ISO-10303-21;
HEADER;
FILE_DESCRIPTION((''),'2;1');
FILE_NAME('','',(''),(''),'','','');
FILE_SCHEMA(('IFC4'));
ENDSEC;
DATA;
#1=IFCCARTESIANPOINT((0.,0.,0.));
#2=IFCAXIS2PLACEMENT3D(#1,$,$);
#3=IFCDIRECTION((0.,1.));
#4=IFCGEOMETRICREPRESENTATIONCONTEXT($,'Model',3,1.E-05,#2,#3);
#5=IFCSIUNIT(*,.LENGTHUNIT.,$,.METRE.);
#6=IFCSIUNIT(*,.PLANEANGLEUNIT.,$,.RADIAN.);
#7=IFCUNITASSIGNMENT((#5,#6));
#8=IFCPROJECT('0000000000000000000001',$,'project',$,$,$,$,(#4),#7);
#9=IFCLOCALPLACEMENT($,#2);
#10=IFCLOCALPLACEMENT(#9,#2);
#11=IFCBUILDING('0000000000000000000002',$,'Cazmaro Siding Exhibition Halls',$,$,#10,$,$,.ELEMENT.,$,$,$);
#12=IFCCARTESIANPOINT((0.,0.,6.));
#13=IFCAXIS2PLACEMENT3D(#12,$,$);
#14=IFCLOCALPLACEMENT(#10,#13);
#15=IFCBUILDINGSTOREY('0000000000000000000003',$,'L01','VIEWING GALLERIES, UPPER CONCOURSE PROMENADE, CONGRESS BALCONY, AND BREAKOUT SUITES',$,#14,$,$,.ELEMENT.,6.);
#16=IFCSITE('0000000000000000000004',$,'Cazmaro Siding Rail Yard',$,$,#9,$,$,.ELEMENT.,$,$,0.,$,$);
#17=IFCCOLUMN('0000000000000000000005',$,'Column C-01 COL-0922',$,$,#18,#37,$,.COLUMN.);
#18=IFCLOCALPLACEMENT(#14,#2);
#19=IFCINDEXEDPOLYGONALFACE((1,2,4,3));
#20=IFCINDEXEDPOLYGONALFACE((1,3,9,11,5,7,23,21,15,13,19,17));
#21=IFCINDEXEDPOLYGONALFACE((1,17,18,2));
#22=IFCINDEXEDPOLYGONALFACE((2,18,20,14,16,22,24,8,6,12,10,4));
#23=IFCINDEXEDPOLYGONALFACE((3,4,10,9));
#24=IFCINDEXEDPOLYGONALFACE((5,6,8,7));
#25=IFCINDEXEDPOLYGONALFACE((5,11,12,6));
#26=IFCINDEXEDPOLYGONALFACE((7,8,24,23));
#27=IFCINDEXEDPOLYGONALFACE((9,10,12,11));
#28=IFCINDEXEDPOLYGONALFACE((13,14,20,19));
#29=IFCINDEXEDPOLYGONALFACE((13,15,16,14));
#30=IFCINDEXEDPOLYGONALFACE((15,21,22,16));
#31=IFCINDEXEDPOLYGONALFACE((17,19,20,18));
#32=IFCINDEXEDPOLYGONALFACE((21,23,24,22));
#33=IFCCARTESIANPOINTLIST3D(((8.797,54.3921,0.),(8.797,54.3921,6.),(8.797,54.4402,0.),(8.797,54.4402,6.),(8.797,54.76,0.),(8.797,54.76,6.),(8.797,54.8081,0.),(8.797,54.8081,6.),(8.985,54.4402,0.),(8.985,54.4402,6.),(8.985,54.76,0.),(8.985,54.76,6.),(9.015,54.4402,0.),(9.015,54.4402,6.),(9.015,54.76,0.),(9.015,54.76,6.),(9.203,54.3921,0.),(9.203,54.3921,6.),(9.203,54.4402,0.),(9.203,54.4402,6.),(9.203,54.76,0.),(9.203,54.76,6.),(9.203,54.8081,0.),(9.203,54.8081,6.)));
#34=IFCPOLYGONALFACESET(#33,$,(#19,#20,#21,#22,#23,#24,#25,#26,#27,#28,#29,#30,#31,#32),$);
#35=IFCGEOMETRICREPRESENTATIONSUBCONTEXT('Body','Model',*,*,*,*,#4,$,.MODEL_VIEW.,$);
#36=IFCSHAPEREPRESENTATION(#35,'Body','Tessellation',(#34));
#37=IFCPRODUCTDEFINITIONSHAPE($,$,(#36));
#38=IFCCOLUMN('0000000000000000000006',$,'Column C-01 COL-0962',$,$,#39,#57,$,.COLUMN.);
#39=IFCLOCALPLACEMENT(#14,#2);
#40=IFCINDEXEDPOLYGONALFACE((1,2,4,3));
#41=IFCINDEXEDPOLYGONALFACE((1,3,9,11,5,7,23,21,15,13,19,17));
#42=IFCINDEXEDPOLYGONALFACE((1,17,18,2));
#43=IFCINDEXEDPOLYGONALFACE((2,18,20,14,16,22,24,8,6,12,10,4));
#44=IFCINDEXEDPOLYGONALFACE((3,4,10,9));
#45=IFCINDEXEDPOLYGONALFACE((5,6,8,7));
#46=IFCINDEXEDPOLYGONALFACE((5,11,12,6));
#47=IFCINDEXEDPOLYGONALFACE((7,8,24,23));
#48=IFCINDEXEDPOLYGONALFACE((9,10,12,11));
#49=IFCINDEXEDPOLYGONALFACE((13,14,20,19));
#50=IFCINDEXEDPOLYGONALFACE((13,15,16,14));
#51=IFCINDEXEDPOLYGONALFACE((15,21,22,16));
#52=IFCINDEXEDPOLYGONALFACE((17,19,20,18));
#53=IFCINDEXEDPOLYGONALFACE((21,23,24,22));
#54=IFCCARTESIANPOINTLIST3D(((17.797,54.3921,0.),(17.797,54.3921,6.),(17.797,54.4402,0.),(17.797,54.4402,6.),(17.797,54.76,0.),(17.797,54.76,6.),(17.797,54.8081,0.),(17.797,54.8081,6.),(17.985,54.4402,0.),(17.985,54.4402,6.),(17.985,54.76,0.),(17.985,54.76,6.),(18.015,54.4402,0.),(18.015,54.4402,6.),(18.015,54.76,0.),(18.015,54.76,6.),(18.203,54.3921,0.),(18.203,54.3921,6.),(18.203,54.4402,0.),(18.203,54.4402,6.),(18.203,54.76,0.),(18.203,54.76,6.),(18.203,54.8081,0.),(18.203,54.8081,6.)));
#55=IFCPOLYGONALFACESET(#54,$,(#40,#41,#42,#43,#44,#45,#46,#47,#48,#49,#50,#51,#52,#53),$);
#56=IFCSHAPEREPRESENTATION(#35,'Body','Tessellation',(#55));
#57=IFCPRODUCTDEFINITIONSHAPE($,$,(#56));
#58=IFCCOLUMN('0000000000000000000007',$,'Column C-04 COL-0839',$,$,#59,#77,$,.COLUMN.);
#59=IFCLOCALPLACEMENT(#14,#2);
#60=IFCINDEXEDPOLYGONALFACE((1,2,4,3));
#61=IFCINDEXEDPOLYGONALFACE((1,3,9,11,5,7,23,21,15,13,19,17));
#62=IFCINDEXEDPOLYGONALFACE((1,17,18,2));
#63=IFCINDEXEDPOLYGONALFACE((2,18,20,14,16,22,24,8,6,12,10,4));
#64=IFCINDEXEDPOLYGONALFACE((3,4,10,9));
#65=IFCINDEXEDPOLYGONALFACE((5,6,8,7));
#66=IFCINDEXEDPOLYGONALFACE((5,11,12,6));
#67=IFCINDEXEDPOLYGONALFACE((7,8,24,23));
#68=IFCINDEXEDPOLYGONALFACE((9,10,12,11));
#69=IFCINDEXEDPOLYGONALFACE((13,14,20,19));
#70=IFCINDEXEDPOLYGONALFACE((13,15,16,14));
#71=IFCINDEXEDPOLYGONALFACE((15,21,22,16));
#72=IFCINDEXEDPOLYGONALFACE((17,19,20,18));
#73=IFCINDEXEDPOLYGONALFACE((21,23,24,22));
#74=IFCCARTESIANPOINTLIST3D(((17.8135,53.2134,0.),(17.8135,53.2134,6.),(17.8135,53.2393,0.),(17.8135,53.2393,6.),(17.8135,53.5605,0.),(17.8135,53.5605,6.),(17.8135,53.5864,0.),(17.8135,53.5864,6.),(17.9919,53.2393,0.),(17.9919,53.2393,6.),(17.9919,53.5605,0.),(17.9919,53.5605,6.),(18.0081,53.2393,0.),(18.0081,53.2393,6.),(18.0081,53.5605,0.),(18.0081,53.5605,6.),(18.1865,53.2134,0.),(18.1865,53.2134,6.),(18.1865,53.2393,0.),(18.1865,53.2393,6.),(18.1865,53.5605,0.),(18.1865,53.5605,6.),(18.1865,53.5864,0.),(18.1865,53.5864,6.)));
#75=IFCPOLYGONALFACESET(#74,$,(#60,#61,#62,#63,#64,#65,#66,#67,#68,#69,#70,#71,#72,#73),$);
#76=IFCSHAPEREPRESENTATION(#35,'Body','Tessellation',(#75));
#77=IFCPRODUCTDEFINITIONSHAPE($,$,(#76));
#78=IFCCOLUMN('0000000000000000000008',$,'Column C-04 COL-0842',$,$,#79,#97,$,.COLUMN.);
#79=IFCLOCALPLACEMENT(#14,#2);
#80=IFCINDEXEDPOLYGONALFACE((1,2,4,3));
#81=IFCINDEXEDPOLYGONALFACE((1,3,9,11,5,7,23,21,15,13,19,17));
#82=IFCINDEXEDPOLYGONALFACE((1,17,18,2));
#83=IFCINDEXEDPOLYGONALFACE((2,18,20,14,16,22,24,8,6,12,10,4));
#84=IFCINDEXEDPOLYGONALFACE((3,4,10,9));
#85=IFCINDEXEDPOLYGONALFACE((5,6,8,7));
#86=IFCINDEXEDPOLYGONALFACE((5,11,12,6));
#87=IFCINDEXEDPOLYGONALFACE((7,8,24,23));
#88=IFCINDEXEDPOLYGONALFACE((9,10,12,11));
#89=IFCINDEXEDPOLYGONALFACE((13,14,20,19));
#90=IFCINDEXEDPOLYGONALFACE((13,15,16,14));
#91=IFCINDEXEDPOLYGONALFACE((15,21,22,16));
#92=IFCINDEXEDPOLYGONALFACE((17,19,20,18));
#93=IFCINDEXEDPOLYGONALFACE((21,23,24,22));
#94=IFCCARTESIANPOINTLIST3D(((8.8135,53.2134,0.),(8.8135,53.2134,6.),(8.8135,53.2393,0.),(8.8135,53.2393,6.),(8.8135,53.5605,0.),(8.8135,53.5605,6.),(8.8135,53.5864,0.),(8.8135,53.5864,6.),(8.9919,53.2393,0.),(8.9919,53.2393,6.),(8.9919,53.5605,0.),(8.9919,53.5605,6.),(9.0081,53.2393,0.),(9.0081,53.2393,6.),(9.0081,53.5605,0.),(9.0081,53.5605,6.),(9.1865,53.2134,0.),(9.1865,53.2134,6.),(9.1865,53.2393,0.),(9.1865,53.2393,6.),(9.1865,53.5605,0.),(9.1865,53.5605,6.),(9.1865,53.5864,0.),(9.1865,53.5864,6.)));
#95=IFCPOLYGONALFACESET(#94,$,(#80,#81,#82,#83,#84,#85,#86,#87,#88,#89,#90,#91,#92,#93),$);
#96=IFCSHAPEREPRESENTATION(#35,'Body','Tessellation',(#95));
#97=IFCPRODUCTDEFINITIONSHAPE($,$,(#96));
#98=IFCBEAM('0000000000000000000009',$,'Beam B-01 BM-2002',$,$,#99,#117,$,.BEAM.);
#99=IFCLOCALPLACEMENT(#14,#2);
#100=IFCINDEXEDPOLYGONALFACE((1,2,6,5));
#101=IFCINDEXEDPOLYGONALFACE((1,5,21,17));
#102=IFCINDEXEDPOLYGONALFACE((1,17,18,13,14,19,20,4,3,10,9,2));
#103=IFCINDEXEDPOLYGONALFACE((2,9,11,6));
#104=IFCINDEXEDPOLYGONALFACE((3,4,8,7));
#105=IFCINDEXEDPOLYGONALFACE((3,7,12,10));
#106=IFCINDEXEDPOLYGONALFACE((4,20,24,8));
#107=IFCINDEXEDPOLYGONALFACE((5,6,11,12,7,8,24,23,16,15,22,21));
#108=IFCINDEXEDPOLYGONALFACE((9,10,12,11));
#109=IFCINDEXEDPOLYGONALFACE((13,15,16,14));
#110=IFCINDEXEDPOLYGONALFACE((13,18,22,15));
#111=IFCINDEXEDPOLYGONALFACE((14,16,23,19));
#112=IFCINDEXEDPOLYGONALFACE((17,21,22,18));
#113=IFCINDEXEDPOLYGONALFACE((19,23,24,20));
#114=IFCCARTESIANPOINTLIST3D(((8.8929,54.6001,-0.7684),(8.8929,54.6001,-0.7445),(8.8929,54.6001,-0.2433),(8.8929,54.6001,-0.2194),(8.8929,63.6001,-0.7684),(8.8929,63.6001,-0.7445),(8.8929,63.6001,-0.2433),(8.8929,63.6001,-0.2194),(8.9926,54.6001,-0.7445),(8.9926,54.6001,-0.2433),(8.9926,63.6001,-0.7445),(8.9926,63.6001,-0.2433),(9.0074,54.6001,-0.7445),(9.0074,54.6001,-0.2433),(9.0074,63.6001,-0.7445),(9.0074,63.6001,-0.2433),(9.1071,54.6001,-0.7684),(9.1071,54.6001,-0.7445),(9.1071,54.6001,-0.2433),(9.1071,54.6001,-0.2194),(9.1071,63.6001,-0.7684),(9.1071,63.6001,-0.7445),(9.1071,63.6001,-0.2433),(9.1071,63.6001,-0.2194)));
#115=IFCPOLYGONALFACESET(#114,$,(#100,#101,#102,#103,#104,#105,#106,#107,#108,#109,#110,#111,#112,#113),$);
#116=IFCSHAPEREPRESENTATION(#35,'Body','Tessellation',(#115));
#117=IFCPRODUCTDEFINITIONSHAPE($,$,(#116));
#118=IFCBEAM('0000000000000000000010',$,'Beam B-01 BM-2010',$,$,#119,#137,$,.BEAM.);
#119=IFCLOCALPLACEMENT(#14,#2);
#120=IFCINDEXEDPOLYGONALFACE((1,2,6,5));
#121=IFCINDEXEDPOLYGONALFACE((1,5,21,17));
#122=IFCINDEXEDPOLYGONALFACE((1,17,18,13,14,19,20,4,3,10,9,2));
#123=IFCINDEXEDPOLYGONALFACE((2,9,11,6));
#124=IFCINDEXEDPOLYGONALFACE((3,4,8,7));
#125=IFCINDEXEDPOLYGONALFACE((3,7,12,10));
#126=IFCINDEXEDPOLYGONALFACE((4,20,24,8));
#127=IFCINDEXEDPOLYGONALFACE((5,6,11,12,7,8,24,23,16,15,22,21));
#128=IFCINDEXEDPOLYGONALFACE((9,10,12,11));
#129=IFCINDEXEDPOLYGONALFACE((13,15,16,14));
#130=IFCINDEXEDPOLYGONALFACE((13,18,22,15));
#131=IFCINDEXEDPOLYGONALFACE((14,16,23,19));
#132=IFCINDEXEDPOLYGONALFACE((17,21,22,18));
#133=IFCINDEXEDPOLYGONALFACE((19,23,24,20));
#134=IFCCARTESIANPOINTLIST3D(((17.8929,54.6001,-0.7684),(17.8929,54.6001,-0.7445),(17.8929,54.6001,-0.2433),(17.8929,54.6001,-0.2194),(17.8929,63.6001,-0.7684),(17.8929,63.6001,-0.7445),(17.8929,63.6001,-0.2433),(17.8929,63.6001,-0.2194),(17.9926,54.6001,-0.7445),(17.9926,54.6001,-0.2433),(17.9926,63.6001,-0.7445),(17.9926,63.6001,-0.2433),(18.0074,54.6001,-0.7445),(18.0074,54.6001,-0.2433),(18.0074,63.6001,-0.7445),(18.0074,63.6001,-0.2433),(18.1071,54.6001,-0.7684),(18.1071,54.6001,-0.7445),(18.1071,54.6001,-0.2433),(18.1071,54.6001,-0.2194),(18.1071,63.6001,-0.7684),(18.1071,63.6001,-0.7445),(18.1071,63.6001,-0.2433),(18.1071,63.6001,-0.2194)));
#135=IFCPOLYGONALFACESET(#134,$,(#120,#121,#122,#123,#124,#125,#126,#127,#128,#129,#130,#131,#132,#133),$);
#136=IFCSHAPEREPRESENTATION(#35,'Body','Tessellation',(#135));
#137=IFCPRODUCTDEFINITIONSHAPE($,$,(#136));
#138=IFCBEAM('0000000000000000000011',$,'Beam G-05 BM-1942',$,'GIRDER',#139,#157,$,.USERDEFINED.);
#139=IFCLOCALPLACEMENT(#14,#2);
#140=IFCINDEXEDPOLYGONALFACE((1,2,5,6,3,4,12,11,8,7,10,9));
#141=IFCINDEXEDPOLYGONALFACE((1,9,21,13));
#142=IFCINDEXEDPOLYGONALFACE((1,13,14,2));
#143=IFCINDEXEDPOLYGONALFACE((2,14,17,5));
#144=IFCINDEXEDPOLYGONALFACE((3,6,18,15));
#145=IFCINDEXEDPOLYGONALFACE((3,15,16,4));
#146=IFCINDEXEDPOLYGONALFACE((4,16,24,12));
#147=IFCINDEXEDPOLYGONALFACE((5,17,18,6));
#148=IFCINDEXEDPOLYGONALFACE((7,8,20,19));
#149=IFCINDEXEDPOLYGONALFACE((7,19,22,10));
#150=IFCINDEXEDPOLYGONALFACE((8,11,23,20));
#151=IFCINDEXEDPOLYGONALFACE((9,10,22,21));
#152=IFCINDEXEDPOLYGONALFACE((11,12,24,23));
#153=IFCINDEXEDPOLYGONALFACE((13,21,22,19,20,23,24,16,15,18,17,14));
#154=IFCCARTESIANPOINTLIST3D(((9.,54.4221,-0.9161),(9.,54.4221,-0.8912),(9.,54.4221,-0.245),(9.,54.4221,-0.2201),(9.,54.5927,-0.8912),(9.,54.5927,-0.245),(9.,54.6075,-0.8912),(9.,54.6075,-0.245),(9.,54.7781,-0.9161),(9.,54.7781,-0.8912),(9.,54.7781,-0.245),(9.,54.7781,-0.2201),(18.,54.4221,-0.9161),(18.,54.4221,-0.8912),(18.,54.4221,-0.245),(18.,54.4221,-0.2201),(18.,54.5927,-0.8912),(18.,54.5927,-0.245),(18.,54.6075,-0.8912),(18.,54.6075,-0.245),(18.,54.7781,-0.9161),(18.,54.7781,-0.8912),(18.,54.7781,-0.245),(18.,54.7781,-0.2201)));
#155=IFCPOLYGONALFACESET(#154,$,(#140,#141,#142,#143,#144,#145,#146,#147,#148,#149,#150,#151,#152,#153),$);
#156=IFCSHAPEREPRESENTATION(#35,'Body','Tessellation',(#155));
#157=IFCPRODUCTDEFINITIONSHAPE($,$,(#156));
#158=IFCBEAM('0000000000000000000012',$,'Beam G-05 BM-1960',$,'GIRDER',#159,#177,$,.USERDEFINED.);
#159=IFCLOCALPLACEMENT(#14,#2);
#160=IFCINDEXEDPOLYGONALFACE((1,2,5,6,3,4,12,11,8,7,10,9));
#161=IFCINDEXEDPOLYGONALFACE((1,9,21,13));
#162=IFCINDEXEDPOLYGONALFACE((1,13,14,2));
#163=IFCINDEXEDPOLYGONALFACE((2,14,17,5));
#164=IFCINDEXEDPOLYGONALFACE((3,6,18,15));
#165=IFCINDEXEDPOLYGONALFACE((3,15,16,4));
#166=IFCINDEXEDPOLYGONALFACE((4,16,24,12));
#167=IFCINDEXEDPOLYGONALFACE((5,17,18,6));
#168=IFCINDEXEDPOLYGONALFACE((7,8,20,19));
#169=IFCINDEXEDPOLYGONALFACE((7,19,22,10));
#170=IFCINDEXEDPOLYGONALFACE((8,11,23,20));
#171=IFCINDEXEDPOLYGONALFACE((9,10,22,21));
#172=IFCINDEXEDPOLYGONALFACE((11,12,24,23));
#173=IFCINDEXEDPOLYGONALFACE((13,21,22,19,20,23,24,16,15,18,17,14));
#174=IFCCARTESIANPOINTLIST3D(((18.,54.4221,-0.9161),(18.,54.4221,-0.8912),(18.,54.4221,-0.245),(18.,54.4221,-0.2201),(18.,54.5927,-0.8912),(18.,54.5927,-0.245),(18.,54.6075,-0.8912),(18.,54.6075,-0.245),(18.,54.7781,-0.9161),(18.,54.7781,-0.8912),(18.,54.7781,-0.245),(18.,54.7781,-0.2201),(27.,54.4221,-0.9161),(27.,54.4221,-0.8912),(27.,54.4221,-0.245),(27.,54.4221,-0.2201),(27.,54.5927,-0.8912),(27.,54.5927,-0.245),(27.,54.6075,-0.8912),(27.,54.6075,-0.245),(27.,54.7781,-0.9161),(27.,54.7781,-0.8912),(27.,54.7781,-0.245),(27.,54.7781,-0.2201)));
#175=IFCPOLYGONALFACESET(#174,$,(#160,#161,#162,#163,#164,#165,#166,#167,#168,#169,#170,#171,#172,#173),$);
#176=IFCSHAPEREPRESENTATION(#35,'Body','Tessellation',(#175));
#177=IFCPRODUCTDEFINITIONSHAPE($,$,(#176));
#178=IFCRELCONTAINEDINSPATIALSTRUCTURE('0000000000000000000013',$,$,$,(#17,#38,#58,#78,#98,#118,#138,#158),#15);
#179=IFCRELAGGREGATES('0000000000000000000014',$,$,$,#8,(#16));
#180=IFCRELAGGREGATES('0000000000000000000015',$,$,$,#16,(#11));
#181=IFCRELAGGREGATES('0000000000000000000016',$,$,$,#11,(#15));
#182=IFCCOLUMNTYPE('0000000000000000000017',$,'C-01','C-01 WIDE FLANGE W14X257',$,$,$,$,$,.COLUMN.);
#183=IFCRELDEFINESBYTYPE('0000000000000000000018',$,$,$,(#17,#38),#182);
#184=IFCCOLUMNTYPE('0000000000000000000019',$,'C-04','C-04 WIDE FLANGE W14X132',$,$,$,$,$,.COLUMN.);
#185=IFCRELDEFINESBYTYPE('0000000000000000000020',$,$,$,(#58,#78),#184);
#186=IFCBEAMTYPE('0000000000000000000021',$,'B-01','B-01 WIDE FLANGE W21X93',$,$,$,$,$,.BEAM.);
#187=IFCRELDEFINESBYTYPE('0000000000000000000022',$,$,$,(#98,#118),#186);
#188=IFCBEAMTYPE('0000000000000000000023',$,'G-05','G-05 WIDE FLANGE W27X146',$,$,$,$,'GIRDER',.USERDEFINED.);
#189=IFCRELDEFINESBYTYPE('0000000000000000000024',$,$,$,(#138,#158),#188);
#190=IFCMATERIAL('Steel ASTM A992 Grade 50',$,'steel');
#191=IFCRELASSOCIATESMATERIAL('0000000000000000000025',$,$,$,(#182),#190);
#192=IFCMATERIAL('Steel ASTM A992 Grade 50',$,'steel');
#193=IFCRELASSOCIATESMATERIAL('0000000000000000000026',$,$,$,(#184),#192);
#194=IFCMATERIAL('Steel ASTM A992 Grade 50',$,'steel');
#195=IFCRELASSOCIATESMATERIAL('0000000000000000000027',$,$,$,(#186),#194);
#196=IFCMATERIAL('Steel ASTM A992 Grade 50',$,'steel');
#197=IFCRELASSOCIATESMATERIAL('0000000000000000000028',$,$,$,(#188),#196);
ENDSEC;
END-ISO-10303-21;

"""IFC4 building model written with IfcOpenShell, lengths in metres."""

from ifc_helpers import new_model, si_unit, direction, frame, origin, origin_2d, place, context, subcontext, project, spatial, i_section, extrude, material, material_profile, profile_set, type_object, element, save


model = new_model("IFC4")

# Units and contexts
model_context = context("Model", 3, precision=1e-05, world=origin(), true_north=direction((0.0, 1.0)))
body_context = subcontext(model_context, "Body", "Model", "MODEL_VIEW")
ifc_project = project(units=[si_unit("LENGTHUNIT", "METRE"), si_unit("PLANEANGLEUNIT", "RADIAN")], contexts=[model_context])

# Site, building, storey
site_placement = place(None, origin())
site = spatial("IfcSite", under=ifc_project, at=site_placement, Name="Cazmaro Siding Rail Yard", CompositionType="ELEMENT", RefElevation=0.0)
building_placement = place(site_placement, origin())
building = spatial("IfcBuilding", under=site, at=building_placement, Name="Cazmaro Siding Exhibition Halls", CompositionType="ELEMENT")
storey_placement = place(building_placement, frame((0.0, 0.0, 6.0)))
storey = spatial("IfcBuildingStorey", under=building, at=storey_placement, Name="L01", Description="VIEWING GALLERIES, UPPER CONCOURSE PROMENADE, CONGRESS BALCONY, AND BREAKOUT SUITES", CompositionType="ELEMENT", Elevation=6.0)

# Columns
ifc_material_1 = material(Name="Steel ASTM A992 Grade 50", Category="steel")
ifc_material_profile_1 = material_profile(ifc_material_1, i_section(OverallWidth=0.406, OverallDepth=0.416, WebThickness=0.03, FlangeThickness=0.0481, at=origin_2d()), Name="W14X257")
ifc_profile_set_1 = profile_set([ifc_material_profile_1], Name="Steel ASTM A992 Grade 50")
column_type_1 = type_object("IfcColumnType", Name="C-01", Description="C-01 WIDE FLANGE W14X257", PredefinedType="COLUMN", material=ifc_profile_set_1)
for number, where, z_axis, x_axis, name in (
    (1, (9.0, 54.6001, 0.0), (0.0, 0.0, 1.0), (1.0, 0.0, 0.0), "Column C-01 COL-0922"),
    (2, (18.0, 54.6001, 0.0), (0.0, 0.0, 1.0), (1.0, 0.0, 0.0), "Column C-01 COL-0962"),
):
    element("IfcColumn", number, at=place(storey_placement, frame(where, z_axis=z_axis, x_axis=x_axis)), inside=storey, type_object=column_type_1, Name=name, PredefinedType="COLUMN", context=body_context, shape_type="SweptSolid", body=[
        extrude(i_section(OverallWidth=0.406, OverallDepth=0.416, WebThickness=0.03, FlangeThickness=0.0481, at=origin_2d()), origin(), (0.0, 0.0, 1.0), 6.0),
    ])
ifc_material_2 = material(Name="Steel ASTM A992 Grade 50", Category="steel")
ifc_material_profile_2 = material_profile(ifc_material_2, i_section(OverallWidth=0.373, OverallDepth=0.373, WebThickness=0.0161, FlangeThickness=0.0259, at=origin_2d()), Name="W14X132")
ifc_profile_set_2 = profile_set([ifc_material_profile_2], Name="Steel ASTM A992 Grade 50")
column_type_2 = type_object("IfcColumnType", Name="C-04", Description="C-04 WIDE FLANGE W14X132", PredefinedType="COLUMN", material=ifc_profile_set_2)
for number, where, z_axis, x_axis, name in (
    (3, (18.0, 53.3999, 0.0), (0.0, 0.0, 1.0), (1.0, 0.0, 0.0), "Column C-04 COL-0839"),
    (4, (9.0, 53.3999, 0.0), (0.0, 0.0, 1.0), (1.0, 0.0, 0.0), "Column C-04 COL-0842"),
):
    element("IfcColumn", number, at=place(storey_placement, frame(where, z_axis=z_axis, x_axis=x_axis)), inside=storey, type_object=column_type_2, Name=name, PredefinedType="COLUMN", context=body_context, shape_type="SweptSolid", body=[
        extrude(i_section(OverallWidth=0.373, OverallDepth=0.373, WebThickness=0.0161, FlangeThickness=0.0259, at=origin_2d()), origin(), (0.0, 0.0, 1.0), 6.0),
    ])

# Beams
ifc_material_3 = material(Name="Steel ASTM A992 Grade 50", Category="steel")
ifc_material_profile_3 = material_profile(ifc_material_3, i_section(OverallWidth=0.2141, OverallDepth=0.5491, WebThickness=0.0149, FlangeThickness=0.0239, at=origin_2d()), Name="W21X93")
ifc_profile_set_3 = profile_set([ifc_material_profile_3], Name="Steel ASTM A992 Grade 50")
beam_type_1 = type_object("IfcBeamType", Name="B-01", Description="B-01 WIDE FLANGE W21X93", PredefinedType="BEAM", material=ifc_profile_set_3)
for number, where, z_axis, x_axis, name in (
    (5, (9.0, 54.6001, -0.4939), (0.0, 1.0, 0.0), (-1.0, 0.0, 0.0), "Beam B-01 BM-2002"),
    (6, (18.0, 54.6001, -0.4939), (0.0, 1.0, 0.0), (-1.0, 0.0, 0.0), "Beam B-01 BM-2010"),
):
    element("IfcBeam", number, at=place(storey_placement, frame(where, z_axis=z_axis, x_axis=x_axis)), inside=storey, type_object=beam_type_1, Name=name, PredefinedType="BEAM", context=body_context, shape_type="SweptSolid", body=[
        extrude(i_section(OverallWidth=0.2141, OverallDepth=0.5491, WebThickness=0.0149, FlangeThickness=0.0239, at=origin_2d()), origin(), (0.0, 0.0, 1.0), 9.0),
    ])
ifc_material_4 = material(Name="Steel ASTM A992 Grade 50", Category="steel")
ifc_material_profile_4 = material_profile(ifc_material_4, i_section(OverallWidth=0.356, OverallDepth=0.696, WebThickness=0.0149, FlangeThickness=0.0249, at=origin_2d()), Name="W27X146")
ifc_profile_set_4 = profile_set([ifc_material_profile_4], Name="Steel ASTM A992 Grade 50")
beam_type_2 = type_object("IfcBeamType", Name="G-05", Description="G-05 WIDE FLANGE W27X146", ElementType="GIRDER", PredefinedType="USERDEFINED", material=ifc_profile_set_4)
for number, where, z_axis, x_axis, name in (
    (7, (9.0, 54.6001, -0.5681), (1.0, 0.0, 0.0), (0.0, 1.0, 0.0), "Beam G-05 BM-1942"),
    (8, (18.0, 54.6001, -0.5681), (1.0, 0.0, 0.0), (0.0, 1.0, 0.0), "Beam G-05 BM-1960"),
):
    element("IfcBeam", number, at=place(storey_placement, frame(where, z_axis=z_axis, x_axis=x_axis)), inside=storey, type_object=beam_type_2, Name=name, ObjectType="GIRDER", PredefinedType="USERDEFINED", context=body_context, shape_type="SweptSolid", body=[
        extrude(i_section(OverallWidth=0.356, OverallDepth=0.696, WebThickness=0.0149, FlangeThickness=0.0249, at=origin_2d()), origin(), (0.0, 0.0, 1.0), 9.0),
    ])

save(model, "model.ifc")
